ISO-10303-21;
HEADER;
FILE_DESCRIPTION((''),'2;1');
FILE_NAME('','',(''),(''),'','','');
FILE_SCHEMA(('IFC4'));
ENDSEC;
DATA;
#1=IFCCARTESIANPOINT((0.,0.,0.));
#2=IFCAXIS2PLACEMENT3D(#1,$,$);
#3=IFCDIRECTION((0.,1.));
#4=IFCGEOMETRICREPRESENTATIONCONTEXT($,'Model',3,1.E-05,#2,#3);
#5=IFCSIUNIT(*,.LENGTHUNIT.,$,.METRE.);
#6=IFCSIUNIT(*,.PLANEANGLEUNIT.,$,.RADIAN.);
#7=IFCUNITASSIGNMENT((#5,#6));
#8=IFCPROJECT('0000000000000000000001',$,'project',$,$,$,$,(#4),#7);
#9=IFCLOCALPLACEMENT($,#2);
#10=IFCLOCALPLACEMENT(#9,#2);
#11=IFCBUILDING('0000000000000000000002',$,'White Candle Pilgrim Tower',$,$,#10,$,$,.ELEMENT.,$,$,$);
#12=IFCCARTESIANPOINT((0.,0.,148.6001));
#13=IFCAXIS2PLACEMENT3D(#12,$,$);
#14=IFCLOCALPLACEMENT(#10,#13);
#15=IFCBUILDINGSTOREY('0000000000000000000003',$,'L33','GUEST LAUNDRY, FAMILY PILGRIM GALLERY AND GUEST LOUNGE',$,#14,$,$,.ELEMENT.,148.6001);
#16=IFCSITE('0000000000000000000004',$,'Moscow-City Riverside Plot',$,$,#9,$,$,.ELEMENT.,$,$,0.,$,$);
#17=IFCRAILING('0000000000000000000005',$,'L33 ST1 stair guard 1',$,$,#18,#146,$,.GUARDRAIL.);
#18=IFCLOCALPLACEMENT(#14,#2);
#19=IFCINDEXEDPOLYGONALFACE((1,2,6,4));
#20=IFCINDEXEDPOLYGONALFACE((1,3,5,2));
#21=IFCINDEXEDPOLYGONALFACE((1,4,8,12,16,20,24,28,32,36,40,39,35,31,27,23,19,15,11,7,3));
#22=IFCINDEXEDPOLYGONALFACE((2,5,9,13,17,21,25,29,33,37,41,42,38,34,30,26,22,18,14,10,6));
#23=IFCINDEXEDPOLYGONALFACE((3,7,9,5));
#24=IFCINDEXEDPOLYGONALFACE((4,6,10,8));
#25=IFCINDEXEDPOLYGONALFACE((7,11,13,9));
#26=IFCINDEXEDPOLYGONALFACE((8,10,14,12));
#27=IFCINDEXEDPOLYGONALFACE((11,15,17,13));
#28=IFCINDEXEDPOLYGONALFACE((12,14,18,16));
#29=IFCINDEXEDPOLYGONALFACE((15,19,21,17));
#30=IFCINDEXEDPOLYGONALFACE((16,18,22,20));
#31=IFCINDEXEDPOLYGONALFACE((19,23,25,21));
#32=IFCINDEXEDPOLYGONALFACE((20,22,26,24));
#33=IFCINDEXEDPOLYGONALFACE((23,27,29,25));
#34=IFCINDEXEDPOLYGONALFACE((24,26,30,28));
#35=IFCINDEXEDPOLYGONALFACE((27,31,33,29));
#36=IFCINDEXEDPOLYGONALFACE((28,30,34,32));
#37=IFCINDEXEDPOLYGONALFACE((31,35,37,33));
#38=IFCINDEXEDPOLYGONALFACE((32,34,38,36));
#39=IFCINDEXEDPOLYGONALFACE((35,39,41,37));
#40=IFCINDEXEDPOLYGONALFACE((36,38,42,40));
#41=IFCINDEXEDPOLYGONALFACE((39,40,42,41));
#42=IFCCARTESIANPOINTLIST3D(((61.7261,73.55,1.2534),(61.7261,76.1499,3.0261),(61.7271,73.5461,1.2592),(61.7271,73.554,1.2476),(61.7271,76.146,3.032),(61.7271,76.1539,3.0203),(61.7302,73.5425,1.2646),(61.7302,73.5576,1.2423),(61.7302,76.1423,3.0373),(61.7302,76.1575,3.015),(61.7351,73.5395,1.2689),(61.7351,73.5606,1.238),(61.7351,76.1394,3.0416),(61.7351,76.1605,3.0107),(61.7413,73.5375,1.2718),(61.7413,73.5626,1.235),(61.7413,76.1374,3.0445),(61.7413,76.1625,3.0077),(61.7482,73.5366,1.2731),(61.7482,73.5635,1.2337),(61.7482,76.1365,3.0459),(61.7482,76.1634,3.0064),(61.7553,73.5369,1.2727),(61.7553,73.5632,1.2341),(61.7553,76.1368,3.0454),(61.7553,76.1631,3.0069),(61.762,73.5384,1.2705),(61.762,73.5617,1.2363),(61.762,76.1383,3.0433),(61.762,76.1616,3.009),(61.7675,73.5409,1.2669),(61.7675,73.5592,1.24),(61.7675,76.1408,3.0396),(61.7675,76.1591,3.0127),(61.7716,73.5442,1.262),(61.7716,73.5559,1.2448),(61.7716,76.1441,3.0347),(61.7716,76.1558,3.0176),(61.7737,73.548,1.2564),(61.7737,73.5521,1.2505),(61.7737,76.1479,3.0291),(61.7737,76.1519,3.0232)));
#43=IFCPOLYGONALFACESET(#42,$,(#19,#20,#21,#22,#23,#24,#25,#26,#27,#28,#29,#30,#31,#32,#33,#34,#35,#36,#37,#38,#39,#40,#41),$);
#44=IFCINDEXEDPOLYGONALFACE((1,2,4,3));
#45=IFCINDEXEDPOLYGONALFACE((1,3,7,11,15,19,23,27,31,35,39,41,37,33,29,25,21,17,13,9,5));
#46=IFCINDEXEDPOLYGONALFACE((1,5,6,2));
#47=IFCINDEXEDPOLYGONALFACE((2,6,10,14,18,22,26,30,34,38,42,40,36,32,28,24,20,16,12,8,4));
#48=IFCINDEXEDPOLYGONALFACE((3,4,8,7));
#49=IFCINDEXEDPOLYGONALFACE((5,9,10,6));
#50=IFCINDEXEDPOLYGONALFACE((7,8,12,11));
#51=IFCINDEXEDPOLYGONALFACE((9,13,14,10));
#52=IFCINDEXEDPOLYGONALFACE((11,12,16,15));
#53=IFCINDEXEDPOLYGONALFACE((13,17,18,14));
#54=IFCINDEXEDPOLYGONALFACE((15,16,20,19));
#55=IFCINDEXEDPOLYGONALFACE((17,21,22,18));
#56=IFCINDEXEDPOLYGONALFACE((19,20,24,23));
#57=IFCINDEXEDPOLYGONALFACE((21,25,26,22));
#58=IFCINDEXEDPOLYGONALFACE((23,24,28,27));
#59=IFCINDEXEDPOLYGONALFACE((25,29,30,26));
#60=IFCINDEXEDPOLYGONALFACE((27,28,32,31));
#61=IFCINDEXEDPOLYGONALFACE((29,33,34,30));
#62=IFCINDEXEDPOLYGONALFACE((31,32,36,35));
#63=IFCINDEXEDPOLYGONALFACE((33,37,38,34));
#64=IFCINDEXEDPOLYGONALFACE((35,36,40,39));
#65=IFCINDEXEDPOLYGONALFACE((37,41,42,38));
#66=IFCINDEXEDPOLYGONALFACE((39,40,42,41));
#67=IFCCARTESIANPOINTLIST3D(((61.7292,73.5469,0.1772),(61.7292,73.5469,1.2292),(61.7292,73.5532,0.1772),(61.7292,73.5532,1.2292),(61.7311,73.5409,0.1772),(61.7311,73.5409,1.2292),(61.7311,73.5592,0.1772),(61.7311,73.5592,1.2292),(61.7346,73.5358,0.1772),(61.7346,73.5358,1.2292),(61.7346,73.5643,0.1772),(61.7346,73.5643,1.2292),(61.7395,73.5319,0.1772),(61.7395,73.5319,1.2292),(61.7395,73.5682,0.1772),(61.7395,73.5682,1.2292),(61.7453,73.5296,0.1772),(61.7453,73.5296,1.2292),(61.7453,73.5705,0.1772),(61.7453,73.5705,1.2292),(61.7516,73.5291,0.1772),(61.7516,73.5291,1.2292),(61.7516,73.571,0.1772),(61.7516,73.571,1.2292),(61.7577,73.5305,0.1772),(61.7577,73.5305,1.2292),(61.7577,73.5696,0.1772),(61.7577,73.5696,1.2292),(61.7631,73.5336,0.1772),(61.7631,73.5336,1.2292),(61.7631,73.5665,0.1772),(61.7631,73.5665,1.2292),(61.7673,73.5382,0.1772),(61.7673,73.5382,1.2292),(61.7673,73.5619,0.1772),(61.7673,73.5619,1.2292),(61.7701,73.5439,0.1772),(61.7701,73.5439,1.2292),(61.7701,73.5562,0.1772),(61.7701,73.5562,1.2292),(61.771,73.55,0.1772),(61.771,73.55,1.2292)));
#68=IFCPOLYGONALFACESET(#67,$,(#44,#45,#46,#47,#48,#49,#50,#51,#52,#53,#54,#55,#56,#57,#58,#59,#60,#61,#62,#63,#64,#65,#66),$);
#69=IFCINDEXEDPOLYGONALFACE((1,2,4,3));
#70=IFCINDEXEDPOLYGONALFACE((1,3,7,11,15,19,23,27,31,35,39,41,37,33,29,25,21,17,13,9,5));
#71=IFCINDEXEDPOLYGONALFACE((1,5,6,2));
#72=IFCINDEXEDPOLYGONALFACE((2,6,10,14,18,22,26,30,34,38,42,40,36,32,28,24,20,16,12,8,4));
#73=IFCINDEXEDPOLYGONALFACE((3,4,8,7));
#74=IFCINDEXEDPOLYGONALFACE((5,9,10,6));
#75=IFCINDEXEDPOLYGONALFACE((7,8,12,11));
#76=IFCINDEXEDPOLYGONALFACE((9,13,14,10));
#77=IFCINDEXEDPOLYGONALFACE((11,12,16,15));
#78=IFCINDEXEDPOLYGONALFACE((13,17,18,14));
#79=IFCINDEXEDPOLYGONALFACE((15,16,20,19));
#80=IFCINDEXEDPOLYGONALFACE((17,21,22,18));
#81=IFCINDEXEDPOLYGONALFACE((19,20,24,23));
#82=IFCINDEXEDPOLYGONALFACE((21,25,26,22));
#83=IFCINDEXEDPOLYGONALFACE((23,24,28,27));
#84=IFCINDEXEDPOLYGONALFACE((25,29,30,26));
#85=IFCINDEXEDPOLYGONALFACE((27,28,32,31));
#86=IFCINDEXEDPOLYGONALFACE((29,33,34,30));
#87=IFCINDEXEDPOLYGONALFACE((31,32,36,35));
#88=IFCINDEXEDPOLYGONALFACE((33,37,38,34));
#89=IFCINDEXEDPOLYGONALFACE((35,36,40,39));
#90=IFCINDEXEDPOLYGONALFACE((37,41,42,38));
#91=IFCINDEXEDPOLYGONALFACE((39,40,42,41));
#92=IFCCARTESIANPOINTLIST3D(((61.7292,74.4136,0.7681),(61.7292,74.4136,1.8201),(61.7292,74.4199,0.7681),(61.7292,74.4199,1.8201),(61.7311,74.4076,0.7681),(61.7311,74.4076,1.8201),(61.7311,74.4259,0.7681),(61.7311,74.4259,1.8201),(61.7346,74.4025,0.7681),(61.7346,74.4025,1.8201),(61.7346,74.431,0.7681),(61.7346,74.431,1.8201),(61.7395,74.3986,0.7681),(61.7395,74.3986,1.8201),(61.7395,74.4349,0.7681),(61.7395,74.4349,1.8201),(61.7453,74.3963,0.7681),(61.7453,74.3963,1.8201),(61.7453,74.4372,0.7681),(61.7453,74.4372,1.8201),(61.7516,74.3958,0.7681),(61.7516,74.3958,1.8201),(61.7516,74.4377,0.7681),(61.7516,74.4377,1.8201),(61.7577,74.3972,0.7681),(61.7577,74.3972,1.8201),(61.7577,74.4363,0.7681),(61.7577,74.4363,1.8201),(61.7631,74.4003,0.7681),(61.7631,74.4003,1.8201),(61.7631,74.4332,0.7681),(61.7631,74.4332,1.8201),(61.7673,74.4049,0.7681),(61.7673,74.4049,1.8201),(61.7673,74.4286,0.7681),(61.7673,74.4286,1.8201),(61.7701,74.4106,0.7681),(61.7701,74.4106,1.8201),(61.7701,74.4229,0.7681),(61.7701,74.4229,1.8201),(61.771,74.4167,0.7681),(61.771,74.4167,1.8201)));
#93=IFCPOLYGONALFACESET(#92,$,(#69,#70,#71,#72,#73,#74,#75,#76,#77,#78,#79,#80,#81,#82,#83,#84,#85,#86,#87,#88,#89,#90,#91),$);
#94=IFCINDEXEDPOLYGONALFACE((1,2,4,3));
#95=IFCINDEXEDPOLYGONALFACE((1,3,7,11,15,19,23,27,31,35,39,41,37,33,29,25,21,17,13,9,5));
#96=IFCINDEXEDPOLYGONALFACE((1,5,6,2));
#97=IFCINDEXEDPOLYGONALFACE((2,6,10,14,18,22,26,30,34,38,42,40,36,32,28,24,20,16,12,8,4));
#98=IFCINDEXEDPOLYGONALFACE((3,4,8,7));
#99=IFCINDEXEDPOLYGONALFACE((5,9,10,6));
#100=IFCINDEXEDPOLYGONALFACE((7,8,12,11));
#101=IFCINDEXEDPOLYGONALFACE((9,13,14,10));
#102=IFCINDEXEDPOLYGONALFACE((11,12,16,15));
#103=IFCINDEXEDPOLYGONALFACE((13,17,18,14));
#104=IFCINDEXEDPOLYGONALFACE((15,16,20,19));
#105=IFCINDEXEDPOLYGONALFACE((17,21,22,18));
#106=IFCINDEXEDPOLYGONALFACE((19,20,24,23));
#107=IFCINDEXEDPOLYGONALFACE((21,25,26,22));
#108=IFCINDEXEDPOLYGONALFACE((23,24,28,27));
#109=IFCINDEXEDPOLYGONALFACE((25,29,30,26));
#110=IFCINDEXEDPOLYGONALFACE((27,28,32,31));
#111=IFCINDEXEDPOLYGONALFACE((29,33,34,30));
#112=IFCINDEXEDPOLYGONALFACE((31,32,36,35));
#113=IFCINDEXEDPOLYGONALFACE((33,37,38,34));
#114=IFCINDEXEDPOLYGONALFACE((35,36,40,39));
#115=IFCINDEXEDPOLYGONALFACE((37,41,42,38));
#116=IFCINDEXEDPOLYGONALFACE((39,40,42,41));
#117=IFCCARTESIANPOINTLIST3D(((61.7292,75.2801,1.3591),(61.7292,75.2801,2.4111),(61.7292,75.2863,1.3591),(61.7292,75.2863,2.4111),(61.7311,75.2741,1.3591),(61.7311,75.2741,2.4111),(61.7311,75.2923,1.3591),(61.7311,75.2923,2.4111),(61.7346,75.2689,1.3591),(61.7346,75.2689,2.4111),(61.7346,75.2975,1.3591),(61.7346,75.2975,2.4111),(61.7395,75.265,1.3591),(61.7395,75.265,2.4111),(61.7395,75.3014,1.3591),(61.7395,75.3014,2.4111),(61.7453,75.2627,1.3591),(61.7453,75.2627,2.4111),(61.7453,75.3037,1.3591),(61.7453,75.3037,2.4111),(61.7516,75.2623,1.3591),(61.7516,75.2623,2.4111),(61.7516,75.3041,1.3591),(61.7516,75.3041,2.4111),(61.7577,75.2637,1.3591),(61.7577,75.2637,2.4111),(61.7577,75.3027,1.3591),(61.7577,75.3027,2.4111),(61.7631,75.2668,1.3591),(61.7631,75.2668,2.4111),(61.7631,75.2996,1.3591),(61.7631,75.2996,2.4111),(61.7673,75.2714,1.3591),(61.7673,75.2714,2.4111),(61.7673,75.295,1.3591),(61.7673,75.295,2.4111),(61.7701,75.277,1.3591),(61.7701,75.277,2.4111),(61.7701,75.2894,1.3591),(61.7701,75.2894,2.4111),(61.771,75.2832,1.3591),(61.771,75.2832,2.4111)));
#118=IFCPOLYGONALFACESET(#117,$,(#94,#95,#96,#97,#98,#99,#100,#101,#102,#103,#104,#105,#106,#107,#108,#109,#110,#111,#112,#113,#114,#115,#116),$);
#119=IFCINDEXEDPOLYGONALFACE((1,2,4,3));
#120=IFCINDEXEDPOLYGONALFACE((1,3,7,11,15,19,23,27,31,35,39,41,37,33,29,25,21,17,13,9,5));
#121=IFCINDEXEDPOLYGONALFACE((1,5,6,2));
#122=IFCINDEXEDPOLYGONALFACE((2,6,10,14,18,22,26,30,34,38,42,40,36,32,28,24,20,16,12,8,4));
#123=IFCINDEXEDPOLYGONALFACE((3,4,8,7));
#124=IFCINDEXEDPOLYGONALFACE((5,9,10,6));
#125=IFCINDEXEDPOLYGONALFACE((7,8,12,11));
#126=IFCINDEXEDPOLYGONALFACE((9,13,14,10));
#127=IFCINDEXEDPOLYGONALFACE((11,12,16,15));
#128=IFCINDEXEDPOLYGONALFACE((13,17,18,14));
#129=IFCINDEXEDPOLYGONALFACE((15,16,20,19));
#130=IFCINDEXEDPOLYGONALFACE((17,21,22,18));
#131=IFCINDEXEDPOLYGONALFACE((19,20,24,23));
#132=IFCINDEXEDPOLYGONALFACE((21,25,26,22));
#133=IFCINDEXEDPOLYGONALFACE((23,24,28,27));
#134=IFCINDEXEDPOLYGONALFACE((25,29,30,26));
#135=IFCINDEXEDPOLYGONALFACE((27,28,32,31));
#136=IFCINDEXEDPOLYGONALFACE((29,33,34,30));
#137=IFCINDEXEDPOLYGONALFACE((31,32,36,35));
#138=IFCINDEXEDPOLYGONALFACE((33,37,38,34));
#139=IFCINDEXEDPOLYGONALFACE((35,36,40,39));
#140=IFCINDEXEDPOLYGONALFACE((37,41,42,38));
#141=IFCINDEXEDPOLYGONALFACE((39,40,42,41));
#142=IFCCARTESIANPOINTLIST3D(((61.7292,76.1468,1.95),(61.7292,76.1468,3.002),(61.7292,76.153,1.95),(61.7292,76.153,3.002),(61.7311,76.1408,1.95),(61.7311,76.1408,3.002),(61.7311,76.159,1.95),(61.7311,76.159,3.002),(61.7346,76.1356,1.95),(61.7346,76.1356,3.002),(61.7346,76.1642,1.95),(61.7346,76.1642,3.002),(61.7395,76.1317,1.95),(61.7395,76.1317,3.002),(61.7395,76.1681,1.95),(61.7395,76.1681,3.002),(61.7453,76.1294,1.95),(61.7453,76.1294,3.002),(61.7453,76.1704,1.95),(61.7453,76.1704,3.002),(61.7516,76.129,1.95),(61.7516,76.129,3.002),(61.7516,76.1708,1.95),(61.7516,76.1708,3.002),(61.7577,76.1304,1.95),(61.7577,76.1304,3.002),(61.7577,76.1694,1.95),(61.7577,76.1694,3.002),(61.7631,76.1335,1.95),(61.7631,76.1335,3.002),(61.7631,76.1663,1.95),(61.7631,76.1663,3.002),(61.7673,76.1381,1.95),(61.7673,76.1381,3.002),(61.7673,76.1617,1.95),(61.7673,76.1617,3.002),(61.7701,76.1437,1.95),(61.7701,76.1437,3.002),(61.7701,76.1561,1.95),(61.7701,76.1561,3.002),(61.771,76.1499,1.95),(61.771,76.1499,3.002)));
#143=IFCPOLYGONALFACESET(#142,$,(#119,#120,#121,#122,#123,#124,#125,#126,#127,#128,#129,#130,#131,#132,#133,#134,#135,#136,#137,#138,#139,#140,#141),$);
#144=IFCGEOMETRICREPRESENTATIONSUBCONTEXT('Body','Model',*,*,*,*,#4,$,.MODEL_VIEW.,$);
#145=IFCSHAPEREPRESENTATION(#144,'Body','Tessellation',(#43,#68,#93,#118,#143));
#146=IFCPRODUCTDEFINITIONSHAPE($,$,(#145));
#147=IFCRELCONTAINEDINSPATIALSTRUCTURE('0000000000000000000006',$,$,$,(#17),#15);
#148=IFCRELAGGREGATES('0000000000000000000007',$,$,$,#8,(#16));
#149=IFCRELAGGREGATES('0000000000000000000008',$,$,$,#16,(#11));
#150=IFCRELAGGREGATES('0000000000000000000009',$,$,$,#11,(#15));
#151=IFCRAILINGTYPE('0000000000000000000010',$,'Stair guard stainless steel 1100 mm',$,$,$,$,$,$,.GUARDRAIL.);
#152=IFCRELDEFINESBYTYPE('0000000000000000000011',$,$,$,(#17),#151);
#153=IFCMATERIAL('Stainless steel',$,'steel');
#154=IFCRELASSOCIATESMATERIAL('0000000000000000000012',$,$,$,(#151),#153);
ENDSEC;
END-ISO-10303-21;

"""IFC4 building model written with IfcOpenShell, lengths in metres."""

from ifc_helpers import new_model, si_unit, direction, frame, origin, origin_2d, place, context, subcontext, project, spatial, circle, extrude, material, type_object, element, save


model = new_model("IFC4")

# Units and contexts
model_context = context("Model", 3, precision=1e-05, world=origin(), true_north=direction((0.0, 1.0)))
body_context = subcontext(model_context, "Body", "Model", "MODEL_VIEW")
ifc_project = project(units=[si_unit("LENGTHUNIT", "METRE"), si_unit("PLANEANGLEUNIT", "RADIAN")], contexts=[model_context])

# Site, building, storey
site_placement = place(None, origin())
site = spatial("IfcSite", under=ifc_project, at=site_placement, Name="Moscow-City Riverside Plot", CompositionType="ELEMENT", RefElevation=0.0)
building_placement = place(site_placement, origin())
building = spatial("IfcBuilding", under=site, at=building_placement, Name="White Candle Pilgrim Tower", CompositionType="ELEMENT")
storey_placement = place(building_placement, frame((0.0, 0.0, 148.6001)))
storey = spatial("IfcBuildingStorey", under=building, at=storey_placement, Name="L33", Description="GUEST LAUNDRY, FAMILY PILGRIM GALLERY AND GUEST LOUNGE", CompositionType="ELEMENT", Elevation=148.6001)

# Shared definitions
ifc_material_1 = material(Name="Stainless steel", Category="steel")

# Railing
railing_type_1 = type_object("IfcRailingType", Name="Stair guard stainless steel 1100 mm", PredefinedType="GUARDRAIL", material=ifc_material_1)
railing_1_placement = place(storey_placement, frame((61.75, 73.55, 0.1772)))
element("IfcRailing", 1, at=railing_1_placement, inside=storey, type_object=railing_type_1, Name="L33 ST1 stair guard 1", PredefinedType="GUARDRAIL", context=body_context, shape_type="SweptSolid", body=[
    extrude(circle(Radius=0.0239, at=origin_2d()), frame((0.0, 0.0, 1.0762), z_axis=(0.0, 0.826216, 0.563354), x_axis=(-1.0, 0.0, 0.0)), (0.0, 0.0, 1.0), 3.1467),
    extrude(circle(Radius=0.021, at=origin_2d()), origin(), (0.0, 0.0, 1.0), 1.052),
    extrude(circle(Radius=0.021, at=origin_2d()), frame((0.0, 0.8667, 0.5908)), (0.0, 0.0, 1.0), 1.052),
    extrude(circle(Radius=0.021, at=origin_2d()), frame((0.0, 1.7332, 1.1819)), (0.0, 0.0, 1.0), 1.052),
    extrude(circle(Radius=0.021, at=origin_2d()), frame((0.0, 2.5999, 1.7727)), (0.0, 0.0, 1.0), 1.052),
])

save(model, "model.ifc")
